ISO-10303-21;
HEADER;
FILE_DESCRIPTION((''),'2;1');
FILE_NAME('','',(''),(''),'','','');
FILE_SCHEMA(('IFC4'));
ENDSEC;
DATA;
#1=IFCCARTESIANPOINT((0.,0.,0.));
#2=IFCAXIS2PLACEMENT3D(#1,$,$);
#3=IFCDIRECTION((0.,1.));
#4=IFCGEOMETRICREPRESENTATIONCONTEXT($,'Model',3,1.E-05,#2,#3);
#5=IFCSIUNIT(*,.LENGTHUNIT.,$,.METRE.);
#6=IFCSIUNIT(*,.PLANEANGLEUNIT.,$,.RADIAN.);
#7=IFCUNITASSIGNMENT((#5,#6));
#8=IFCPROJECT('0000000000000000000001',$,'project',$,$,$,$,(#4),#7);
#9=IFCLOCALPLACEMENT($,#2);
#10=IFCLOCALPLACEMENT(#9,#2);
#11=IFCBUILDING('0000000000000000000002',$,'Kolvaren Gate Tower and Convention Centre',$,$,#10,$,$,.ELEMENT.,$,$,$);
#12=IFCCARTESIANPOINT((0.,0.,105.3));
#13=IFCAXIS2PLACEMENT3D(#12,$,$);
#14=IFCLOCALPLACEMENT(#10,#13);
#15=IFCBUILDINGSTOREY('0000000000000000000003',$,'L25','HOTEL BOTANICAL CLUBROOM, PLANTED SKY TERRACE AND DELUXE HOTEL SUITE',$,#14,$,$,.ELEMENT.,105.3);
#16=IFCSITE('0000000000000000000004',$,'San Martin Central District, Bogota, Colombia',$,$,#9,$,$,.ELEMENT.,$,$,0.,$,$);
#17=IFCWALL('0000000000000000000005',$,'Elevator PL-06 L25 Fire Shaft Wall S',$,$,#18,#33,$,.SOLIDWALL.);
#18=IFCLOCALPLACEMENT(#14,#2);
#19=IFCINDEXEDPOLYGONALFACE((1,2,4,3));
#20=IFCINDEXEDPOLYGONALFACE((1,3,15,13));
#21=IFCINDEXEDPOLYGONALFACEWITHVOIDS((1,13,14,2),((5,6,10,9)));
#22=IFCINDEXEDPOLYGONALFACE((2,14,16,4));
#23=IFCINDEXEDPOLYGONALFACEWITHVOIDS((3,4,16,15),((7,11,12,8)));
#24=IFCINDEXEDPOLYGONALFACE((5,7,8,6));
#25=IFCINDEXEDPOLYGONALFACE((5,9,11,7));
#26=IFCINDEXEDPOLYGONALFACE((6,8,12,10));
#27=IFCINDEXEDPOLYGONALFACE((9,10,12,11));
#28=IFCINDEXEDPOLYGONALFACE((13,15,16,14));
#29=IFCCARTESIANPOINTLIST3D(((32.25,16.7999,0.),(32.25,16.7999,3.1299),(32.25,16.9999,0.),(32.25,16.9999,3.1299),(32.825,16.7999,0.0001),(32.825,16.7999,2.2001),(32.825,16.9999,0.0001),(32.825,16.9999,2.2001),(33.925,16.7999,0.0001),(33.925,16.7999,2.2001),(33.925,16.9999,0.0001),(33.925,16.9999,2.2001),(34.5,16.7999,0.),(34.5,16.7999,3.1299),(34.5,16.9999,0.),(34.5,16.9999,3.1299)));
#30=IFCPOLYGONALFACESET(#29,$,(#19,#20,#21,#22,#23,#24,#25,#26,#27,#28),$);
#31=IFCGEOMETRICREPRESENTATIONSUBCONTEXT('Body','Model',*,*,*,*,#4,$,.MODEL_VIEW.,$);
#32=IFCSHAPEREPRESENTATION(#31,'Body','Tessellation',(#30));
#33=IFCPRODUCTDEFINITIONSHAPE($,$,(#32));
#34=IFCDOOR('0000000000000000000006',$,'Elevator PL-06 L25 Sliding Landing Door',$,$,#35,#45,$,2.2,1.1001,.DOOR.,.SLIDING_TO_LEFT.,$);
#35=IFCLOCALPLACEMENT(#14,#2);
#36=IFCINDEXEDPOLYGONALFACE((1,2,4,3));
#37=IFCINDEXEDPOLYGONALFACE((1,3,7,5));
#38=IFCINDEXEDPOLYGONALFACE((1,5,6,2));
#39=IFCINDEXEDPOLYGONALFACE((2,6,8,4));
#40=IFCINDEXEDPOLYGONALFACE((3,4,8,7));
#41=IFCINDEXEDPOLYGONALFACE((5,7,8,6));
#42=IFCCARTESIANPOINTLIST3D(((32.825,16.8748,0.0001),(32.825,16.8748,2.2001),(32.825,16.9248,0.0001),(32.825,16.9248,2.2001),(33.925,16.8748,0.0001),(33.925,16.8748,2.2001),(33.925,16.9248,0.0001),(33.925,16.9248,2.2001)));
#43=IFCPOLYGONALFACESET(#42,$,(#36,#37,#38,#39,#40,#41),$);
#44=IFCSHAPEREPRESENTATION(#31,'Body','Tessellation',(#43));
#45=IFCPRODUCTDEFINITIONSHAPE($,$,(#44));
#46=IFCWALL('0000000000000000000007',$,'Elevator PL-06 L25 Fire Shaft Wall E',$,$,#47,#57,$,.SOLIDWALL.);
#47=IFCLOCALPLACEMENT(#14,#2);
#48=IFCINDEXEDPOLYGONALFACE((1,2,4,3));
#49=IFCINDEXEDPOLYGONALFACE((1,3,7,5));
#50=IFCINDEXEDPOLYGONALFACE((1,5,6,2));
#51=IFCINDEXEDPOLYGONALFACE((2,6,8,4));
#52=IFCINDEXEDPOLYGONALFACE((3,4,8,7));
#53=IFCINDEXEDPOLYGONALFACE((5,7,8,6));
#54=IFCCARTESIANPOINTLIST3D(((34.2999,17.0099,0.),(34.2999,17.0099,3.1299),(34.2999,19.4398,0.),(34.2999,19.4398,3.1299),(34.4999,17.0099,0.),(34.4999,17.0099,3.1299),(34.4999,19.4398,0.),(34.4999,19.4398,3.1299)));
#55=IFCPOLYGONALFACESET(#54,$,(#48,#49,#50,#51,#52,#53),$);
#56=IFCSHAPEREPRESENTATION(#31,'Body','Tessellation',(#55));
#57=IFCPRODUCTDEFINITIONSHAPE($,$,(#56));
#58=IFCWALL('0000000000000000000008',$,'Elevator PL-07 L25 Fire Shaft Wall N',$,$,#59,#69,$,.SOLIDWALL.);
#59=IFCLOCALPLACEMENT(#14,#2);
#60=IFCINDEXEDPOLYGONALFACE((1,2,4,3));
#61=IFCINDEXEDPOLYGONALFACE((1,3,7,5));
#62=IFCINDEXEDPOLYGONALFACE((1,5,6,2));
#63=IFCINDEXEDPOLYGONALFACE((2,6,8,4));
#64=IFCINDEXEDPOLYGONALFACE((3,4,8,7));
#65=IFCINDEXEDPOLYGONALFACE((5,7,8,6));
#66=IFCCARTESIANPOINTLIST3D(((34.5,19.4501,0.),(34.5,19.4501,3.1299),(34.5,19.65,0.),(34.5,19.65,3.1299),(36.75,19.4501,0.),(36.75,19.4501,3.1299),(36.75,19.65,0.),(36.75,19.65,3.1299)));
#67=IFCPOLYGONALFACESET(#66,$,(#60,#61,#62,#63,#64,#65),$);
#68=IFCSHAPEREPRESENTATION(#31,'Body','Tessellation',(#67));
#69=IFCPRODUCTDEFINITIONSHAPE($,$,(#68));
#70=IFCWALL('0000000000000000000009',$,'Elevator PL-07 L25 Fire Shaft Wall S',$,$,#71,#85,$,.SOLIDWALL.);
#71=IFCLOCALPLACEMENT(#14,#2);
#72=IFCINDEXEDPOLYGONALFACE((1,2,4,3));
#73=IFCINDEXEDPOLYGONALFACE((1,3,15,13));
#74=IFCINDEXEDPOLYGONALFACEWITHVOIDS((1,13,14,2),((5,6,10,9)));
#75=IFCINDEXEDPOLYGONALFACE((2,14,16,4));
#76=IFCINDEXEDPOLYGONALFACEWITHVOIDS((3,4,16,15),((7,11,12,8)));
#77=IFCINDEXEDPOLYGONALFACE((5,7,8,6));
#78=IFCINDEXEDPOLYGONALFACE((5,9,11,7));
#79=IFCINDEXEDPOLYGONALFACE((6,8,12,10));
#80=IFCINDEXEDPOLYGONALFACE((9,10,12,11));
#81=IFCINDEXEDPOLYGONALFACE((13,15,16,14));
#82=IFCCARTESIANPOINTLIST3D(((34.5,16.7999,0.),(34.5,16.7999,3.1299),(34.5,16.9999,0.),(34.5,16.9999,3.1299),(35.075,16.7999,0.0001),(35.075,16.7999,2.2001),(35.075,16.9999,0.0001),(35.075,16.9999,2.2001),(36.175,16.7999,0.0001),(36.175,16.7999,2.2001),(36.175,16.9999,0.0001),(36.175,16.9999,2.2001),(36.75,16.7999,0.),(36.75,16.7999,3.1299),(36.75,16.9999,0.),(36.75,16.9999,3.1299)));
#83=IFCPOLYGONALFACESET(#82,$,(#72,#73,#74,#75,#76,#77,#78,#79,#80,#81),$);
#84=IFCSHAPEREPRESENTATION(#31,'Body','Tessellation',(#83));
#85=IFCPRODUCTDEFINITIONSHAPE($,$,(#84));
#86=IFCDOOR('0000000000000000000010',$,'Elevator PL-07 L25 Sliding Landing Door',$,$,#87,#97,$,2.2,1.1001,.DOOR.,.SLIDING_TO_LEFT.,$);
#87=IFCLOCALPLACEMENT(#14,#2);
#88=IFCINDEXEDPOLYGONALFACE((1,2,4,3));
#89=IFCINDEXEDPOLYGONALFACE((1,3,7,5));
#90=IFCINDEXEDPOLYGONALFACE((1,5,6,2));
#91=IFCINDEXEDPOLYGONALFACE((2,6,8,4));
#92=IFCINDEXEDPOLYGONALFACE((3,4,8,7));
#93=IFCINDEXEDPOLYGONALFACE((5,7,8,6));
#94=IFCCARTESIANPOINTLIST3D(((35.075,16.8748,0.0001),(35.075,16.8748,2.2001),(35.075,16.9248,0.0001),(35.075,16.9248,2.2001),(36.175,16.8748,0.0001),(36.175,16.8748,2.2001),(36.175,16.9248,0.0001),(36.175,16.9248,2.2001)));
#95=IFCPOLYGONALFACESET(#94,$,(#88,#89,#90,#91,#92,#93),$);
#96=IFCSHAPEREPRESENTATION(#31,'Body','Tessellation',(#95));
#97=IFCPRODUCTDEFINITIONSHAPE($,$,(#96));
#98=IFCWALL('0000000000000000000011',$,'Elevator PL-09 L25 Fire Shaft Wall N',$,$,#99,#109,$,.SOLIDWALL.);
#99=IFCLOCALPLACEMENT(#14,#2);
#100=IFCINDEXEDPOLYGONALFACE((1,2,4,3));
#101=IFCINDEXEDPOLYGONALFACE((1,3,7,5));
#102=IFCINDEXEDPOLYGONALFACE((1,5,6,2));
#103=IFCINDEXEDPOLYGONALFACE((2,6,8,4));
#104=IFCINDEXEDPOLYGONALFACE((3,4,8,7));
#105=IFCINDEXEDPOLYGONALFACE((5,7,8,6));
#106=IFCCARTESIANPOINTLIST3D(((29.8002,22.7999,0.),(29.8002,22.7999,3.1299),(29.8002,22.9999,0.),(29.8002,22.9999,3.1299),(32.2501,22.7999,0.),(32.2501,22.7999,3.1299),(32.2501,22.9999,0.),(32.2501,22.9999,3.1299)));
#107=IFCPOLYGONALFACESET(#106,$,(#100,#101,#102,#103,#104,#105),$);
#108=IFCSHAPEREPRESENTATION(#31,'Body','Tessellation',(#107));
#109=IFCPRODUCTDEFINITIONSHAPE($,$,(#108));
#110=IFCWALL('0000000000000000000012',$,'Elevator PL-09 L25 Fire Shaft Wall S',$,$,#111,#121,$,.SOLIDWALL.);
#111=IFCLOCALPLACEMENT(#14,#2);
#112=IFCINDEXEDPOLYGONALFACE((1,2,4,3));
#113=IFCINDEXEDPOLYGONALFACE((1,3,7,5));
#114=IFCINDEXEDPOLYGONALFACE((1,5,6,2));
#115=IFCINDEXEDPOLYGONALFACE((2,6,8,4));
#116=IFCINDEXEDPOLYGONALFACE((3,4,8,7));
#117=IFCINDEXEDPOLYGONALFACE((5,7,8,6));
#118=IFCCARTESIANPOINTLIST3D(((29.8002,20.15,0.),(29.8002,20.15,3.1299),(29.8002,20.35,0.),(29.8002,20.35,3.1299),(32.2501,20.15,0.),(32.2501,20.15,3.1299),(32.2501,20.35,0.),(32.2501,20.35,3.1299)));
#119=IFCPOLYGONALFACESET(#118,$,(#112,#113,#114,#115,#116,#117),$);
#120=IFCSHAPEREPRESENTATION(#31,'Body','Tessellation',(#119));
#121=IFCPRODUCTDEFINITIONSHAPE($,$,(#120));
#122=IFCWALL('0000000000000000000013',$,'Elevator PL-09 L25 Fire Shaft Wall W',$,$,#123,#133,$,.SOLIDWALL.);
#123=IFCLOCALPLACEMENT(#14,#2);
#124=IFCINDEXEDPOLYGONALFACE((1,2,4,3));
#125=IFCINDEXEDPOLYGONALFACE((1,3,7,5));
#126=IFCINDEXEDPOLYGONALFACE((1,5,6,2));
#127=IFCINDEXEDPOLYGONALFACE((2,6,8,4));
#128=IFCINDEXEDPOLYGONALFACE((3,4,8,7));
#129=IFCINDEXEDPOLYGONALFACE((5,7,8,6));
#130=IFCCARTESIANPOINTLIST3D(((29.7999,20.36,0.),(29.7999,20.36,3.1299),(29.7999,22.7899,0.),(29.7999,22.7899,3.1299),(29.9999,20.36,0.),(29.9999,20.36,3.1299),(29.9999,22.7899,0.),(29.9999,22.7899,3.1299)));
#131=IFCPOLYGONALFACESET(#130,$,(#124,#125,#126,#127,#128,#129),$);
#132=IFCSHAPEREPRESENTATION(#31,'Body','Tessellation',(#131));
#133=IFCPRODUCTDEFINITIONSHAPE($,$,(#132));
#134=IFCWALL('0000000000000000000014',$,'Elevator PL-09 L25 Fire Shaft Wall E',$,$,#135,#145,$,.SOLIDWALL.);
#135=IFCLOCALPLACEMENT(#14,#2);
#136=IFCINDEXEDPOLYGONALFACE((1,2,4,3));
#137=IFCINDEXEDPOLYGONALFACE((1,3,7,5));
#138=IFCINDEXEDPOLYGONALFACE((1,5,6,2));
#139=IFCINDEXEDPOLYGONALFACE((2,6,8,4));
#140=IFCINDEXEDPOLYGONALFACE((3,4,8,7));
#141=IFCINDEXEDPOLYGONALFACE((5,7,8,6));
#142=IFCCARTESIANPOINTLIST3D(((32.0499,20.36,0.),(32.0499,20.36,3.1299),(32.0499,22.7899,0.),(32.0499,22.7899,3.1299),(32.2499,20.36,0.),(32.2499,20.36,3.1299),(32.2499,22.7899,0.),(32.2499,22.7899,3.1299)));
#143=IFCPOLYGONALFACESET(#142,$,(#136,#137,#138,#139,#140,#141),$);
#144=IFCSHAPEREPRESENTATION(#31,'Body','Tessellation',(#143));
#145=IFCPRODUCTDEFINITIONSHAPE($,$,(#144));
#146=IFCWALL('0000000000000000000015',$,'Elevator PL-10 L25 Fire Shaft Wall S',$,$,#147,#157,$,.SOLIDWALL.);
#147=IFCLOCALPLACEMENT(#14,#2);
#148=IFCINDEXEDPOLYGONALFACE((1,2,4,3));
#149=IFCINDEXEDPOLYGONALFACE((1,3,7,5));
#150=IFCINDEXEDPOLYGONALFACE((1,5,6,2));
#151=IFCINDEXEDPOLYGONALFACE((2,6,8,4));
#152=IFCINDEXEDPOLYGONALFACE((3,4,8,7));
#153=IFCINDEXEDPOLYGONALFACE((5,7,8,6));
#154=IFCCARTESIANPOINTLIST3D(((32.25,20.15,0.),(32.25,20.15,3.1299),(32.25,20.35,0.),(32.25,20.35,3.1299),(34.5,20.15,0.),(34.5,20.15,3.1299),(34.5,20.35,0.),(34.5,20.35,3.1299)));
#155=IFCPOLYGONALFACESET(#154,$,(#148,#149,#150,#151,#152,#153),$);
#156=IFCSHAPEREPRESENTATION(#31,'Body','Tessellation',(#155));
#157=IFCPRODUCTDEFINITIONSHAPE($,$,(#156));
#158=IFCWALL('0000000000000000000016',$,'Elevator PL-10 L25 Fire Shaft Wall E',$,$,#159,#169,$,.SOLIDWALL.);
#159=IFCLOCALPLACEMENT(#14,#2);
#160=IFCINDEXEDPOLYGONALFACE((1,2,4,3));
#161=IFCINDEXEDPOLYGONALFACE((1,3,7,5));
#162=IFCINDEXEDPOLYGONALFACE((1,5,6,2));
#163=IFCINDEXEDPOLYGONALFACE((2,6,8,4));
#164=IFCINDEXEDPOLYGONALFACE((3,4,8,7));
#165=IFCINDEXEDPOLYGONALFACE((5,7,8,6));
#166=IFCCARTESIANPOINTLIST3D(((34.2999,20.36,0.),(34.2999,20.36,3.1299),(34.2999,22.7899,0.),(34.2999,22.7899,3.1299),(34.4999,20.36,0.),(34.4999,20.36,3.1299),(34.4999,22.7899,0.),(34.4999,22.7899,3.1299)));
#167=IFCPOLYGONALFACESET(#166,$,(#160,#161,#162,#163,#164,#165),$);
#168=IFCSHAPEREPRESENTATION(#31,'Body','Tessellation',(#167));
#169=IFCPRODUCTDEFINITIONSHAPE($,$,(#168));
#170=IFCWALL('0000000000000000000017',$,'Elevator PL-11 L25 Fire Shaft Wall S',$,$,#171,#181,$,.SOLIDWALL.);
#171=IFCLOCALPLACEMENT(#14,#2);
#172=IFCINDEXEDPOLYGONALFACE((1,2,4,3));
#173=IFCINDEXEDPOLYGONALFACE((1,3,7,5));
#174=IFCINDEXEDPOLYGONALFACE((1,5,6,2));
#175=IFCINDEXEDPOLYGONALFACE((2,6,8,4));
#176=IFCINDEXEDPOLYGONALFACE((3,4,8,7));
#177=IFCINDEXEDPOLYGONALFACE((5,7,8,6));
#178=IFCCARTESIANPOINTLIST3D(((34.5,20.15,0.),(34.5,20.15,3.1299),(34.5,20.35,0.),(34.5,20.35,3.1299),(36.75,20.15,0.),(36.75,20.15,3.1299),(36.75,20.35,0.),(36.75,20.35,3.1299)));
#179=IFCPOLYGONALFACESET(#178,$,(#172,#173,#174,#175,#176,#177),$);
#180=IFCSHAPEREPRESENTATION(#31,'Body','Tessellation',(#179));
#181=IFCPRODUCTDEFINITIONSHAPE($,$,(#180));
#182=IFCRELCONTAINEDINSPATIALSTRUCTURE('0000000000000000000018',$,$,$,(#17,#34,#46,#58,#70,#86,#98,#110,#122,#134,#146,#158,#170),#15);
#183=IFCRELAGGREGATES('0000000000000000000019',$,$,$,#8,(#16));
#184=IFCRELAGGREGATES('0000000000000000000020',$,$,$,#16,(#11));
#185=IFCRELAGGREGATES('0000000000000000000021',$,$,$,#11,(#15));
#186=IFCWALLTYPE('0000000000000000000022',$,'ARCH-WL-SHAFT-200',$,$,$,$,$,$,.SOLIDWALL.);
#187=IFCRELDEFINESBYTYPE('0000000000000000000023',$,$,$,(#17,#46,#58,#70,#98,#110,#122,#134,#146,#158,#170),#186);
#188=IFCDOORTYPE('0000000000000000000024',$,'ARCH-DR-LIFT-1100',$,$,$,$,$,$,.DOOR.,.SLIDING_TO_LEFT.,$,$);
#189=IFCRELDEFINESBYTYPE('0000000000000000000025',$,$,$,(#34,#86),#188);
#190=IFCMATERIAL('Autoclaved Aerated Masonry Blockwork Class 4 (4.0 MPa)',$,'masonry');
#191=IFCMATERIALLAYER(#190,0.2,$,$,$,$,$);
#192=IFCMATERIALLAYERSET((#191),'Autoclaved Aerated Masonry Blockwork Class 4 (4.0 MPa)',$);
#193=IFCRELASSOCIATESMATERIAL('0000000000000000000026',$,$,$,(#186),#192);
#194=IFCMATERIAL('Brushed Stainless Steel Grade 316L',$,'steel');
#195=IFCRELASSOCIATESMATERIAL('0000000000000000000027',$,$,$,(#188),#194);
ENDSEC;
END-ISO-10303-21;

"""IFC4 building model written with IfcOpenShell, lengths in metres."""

from ifc_helpers import new_model, si_unit, direction, frame, frame_2d, origin, place, context, subcontext, project, spatial, rectangle, extrude, material, layer, layer_set, type_object, element, fill, save


model = new_model("IFC4")

# Units and contexts
model_context = context("Model", 3, precision=1e-05, world=origin(), true_north=direction((0.0, 1.0)))
body_context = subcontext(model_context, "Body", "Model", "MODEL_VIEW")
ifc_project = project(units=[si_unit("LENGTHUNIT", "METRE"), si_unit("PLANEANGLEUNIT", "RADIAN")], contexts=[model_context])

# Site, building, storey
site_placement = place(None, origin())
site = spatial("IfcSite", under=ifc_project, at=site_placement, Name="San Martin Central District, Bogota, Colombia", CompositionType="ELEMENT", RefElevation=0.0)
building_placement = place(site_placement, origin())
building = spatial("IfcBuilding", under=site, at=building_placement, Name="Kolvaren Gate Tower and Convention Centre", CompositionType="ELEMENT")
storey_placement = place(building_placement, frame((0.0, 0.0, 105.3)))
storey = spatial("IfcBuildingStorey", under=building, at=storey_placement, Name="L25", Description="HOTEL BOTANICAL CLUBROOM, PLANTED SKY TERRACE AND DELUXE HOTEL SUITE", CompositionType="ELEMENT", Elevation=105.3)

# Shared definitions
ifc_material_1 = material(Name="Autoclaved Aerated Masonry Blockwork Class 4 (4.0 MPa)", Category="masonry")

# Shared definitions
ifc_layer_1 = layer(ifc_material_1, 0.2)
ifc_layer_set_1 = layer_set([ifc_layer_1], Name="Autoclaved Aerated Masonry Blockwork Class 4 (4.0 MPa)")
wall_type_1 = type_object("IfcWallType", Name="ARCH-WL-SHAFT-200", PredefinedType="SOLIDWALL", material=ifc_layer_set_1)

# Shared definitions
ifc_material_2 = material(Name="Brushed Stainless Steel Grade 316L", Category="steel")
door_type_1 = type_object("IfcDoorType", Name="ARCH-DR-LIFT-1100", OperationType="SLIDING_TO_LEFT", PredefinedType="DOOR", material=ifc_material_2)

# Wall, opening, door
wall_1_placement = place(storey_placement, frame((32.25, 16.8999, 0.0), z_axis=(0.0, 0.0, 1.0), x_axis=(1.0, 0.0, 0.0)))
wall_1 = element("IfcWall", 1, at=wall_1_placement, inside=storey, type_object=wall_type_1, Name="Elevator PL-06 L25 Fire Shaft Wall S", PredefinedType="SOLIDWALL", context=body_context, shape_type="SweptSolid", body=[
    extrude(rectangle(XDim=2.25, YDim=0.2, at=frame_2d((1.125, 0.0))), origin(), (0.0, 0.0, 1.0), 3.1299),
])
opening_1_placement = place(wall_1_placement, frame((0.575, 0.0, 0.0)))
opening_1 = element("IfcOpeningElement", 2, at=opening_1_placement, cuts=wall_1, PredefinedType="OPENING", context=body_context, shape_type="SweptSolid", body=[
    extrude(rectangle(XDim=1.1001, YDim=2.2, at=frame_2d((0.55, 1.1001))), frame((0.0, 0.1099, 0.0), z_axis=(0.0, -1.0, 0.0), x_axis=(1.0, 0.0, 0.0)), (0.0, 0.0, 1.0), 0.22),
])
door_1_placement = place(opening_1_placement, origin())
door_1 = element("IfcDoor", 3, at=door_1_placement, inside=storey, type_object=door_type_1, Name="Elevator PL-06 L25 Sliding Landing Door", OperationType="SLIDING_TO_LEFT", OverallHeight=2.2, OverallWidth=1.1001, PredefinedType="DOOR", context=body_context, shape_type="SweptSolid", body=[
    extrude(rectangle(XDim=1.1001, YDim=2.2, at=frame_2d((0.55, 1.1001))), frame((0.0, 0.0249, 0.0), z_axis=(0.0, -1.0, 0.0), x_axis=(1.0, 0.0, 0.0)), (0.0, 0.0, 1.0), 0.05),
])
fill(opening_1, door_1)

# Walls
wall_2_placement = place(storey_placement, frame((34.3999, 17.01, 0.0), z_axis=(0.0, 0.0, 1.0), x_axis=(0.0, 1.0, 0.0)))
element("IfcWall", 4, at=wall_2_placement, inside=storey, type_object=wall_type_1, Name="Elevator PL-06 L25 Fire Shaft Wall E", PredefinedType="SOLIDWALL", context=body_context, shape_type="SweptSolid", body=[
    extrude(rectangle(XDim=2.4299, YDim=0.2, at=frame_2d((1.2148, 0.0))), origin(), (0.0, 0.0, 1.0), 3.1299),
])
wall_3_placement = place(storey_placement, frame((34.5, 19.55, 0.0), z_axis=(0.0, 0.0, 1.0), x_axis=(1.0, 0.0, 0.0)))
element("IfcWall", 5, at=wall_3_placement, inside=storey, type_object=wall_type_1, Name="Elevator PL-07 L25 Fire Shaft Wall N", PredefinedType="SOLIDWALL", context=body_context, shape_type="SweptSolid", body=[
    extrude(rectangle(XDim=2.25, YDim=0.2, at=frame_2d((1.125, 0.0))), origin(), (0.0, 0.0, 1.0), 3.1299),
])

# Wall, opening, door
wall_4_placement = place(storey_placement, frame((34.5, 16.8999, 0.0), z_axis=(0.0, 0.0, 1.0), x_axis=(1.0, 0.0, 0.0)))
wall_4 = element("IfcWall", 6, at=wall_4_placement, inside=storey, type_object=wall_type_1, Name="Elevator PL-07 L25 Fire Shaft Wall S", PredefinedType="SOLIDWALL", context=body_context, shape_type="SweptSolid", body=[
    extrude(rectangle(XDim=2.25, YDim=0.2, at=frame_2d((1.125, 0.0))), origin(), (0.0, 0.0, 1.0), 3.1299),
])
opening_2_placement = place(wall_4_placement, frame((0.575, 0.0, 0.0)))
opening_2 = element("IfcOpeningElement", 7, at=opening_2_placement, cuts=wall_4, PredefinedType="OPENING", context=body_context, shape_type="SweptSolid", body=[
    extrude(rectangle(XDim=1.1001, YDim=2.2, at=frame_2d((0.55, 1.1001))), frame((0.0, 0.1099, 0.0), z_axis=(0.0, -1.0, 0.0), x_axis=(1.0, 0.0, 0.0)), (0.0, 0.0, 1.0), 0.22),
])
door_2_placement = place(opening_2_placement, origin())
door_2 = element("IfcDoor", 8, at=door_2_placement, inside=storey, type_object=door_type_1, Name="Elevator PL-07 L25 Sliding Landing Door", OperationType="SLIDING_TO_LEFT", OverallHeight=2.2, OverallWidth=1.1001, PredefinedType="DOOR", context=body_context, shape_type="SweptSolid", body=[
    extrude(rectangle(XDim=1.1001, YDim=2.2, at=frame_2d((0.55, 1.1001))), frame((0.0, 0.0249, 0.0), z_axis=(0.0, -1.0, 0.0), x_axis=(1.0, 0.0, 0.0)), (0.0, 0.0, 1.0), 0.05),
])
fill(opening_2, door_2)

# Walls
for number, where, z_axis, x_axis, name in (
    (9, (29.8, 22.8999, 0.0), (0.0, 0.0, 1.0), (1.0, 0.0, 0.0), "Elevator PL-09 L25 Fire Shaft Wall N"),
    (10, (29.8, 20.25, 0.0), (0.0, 0.0, 1.0), (1.0, 0.0, 0.0), "Elevator PL-09 L25 Fire Shaft Wall S"),
):
    element("IfcWall", number, at=place(storey_placement, frame(where, z_axis=z_axis, x_axis=x_axis)), inside=storey, type_object=wall_type_1, Name=name, PredefinedType="SOLIDWALL", context=body_context, shape_type="SweptSolid", body=[
        extrude(rectangle(XDim=2.45, YDim=0.2, at=frame_2d((1.2251, 0.0))), origin(), (0.0, 0.0, 1.0), 3.1299),
    ])
for number, where, z_axis, x_axis, name in (
    (11, (29.8999, 20.3601, 0.0), (0.0, 0.0, 1.0), (0.0, 1.0, 0.0), "Elevator PL-09 L25 Fire Shaft Wall W"),
    (12, (32.1499, 20.3601, 0.0), (0.0, 0.0, 1.0), (0.0, 1.0, 0.0), "Elevator PL-09 L25 Fire Shaft Wall E"),
):
    element("IfcWall", number, at=place(storey_placement, frame(where, z_axis=z_axis, x_axis=x_axis)), inside=storey, type_object=wall_type_1, Name=name, PredefinedType="SOLIDWALL", context=body_context, shape_type="SweptSolid", body=[
        extrude(rectangle(XDim=2.4299, YDim=0.2, at=frame_2d((1.2148, 0.0))), origin(), (0.0, 0.0, 1.0), 3.1299),
    ])
wall_5_placement = place(storey_placement, frame((32.25, 20.25, 0.0), z_axis=(0.0, 0.0, 1.0), x_axis=(1.0, 0.0, 0.0)))
element("IfcWall", 13, at=wall_5_placement, inside=storey, type_object=wall_type_1, Name="Elevator PL-10 L25 Fire Shaft Wall S", PredefinedType="SOLIDWALL", context=body_context, shape_type="SweptSolid", body=[
    extrude(rectangle(XDim=2.25, YDim=0.2, at=frame_2d((1.125, 0.0))), origin(), (0.0, 0.0, 1.0), 3.1299),
])
wall_6_placement = place(storey_placement, frame((34.3999, 20.3601, 0.0), z_axis=(0.0, 0.0, 1.0), x_axis=(0.0, 1.0, 0.0)))
element("IfcWall", 14, at=wall_6_placement, inside=storey, type_object=wall_type_1, Name="Elevator PL-10 L25 Fire Shaft Wall E", PredefinedType="SOLIDWALL", context=body_context, shape_type="SweptSolid", body=[
    extrude(rectangle(XDim=2.4299, YDim=0.2, at=frame_2d((1.2148, 0.0))), origin(), (0.0, 0.0, 1.0), 3.1299),
])
wall_7_placement = place(storey_placement, frame((34.5, 20.25, 0.0), z_axis=(0.0, 0.0, 1.0), x_axis=(1.0, 0.0, 0.0)))
element("IfcWall", 15, at=wall_7_placement, inside=storey, type_object=wall_type_1, Name="Elevator PL-11 L25 Fire Shaft Wall S", PredefinedType="SOLIDWALL", context=body_context, shape_type="SweptSolid", body=[
    extrude(rectangle(XDim=2.25, YDim=0.2, at=frame_2d((1.125, 0.0))), origin(), (0.0, 0.0, 1.0), 3.1299),
])

save(model, "model.ifc")
